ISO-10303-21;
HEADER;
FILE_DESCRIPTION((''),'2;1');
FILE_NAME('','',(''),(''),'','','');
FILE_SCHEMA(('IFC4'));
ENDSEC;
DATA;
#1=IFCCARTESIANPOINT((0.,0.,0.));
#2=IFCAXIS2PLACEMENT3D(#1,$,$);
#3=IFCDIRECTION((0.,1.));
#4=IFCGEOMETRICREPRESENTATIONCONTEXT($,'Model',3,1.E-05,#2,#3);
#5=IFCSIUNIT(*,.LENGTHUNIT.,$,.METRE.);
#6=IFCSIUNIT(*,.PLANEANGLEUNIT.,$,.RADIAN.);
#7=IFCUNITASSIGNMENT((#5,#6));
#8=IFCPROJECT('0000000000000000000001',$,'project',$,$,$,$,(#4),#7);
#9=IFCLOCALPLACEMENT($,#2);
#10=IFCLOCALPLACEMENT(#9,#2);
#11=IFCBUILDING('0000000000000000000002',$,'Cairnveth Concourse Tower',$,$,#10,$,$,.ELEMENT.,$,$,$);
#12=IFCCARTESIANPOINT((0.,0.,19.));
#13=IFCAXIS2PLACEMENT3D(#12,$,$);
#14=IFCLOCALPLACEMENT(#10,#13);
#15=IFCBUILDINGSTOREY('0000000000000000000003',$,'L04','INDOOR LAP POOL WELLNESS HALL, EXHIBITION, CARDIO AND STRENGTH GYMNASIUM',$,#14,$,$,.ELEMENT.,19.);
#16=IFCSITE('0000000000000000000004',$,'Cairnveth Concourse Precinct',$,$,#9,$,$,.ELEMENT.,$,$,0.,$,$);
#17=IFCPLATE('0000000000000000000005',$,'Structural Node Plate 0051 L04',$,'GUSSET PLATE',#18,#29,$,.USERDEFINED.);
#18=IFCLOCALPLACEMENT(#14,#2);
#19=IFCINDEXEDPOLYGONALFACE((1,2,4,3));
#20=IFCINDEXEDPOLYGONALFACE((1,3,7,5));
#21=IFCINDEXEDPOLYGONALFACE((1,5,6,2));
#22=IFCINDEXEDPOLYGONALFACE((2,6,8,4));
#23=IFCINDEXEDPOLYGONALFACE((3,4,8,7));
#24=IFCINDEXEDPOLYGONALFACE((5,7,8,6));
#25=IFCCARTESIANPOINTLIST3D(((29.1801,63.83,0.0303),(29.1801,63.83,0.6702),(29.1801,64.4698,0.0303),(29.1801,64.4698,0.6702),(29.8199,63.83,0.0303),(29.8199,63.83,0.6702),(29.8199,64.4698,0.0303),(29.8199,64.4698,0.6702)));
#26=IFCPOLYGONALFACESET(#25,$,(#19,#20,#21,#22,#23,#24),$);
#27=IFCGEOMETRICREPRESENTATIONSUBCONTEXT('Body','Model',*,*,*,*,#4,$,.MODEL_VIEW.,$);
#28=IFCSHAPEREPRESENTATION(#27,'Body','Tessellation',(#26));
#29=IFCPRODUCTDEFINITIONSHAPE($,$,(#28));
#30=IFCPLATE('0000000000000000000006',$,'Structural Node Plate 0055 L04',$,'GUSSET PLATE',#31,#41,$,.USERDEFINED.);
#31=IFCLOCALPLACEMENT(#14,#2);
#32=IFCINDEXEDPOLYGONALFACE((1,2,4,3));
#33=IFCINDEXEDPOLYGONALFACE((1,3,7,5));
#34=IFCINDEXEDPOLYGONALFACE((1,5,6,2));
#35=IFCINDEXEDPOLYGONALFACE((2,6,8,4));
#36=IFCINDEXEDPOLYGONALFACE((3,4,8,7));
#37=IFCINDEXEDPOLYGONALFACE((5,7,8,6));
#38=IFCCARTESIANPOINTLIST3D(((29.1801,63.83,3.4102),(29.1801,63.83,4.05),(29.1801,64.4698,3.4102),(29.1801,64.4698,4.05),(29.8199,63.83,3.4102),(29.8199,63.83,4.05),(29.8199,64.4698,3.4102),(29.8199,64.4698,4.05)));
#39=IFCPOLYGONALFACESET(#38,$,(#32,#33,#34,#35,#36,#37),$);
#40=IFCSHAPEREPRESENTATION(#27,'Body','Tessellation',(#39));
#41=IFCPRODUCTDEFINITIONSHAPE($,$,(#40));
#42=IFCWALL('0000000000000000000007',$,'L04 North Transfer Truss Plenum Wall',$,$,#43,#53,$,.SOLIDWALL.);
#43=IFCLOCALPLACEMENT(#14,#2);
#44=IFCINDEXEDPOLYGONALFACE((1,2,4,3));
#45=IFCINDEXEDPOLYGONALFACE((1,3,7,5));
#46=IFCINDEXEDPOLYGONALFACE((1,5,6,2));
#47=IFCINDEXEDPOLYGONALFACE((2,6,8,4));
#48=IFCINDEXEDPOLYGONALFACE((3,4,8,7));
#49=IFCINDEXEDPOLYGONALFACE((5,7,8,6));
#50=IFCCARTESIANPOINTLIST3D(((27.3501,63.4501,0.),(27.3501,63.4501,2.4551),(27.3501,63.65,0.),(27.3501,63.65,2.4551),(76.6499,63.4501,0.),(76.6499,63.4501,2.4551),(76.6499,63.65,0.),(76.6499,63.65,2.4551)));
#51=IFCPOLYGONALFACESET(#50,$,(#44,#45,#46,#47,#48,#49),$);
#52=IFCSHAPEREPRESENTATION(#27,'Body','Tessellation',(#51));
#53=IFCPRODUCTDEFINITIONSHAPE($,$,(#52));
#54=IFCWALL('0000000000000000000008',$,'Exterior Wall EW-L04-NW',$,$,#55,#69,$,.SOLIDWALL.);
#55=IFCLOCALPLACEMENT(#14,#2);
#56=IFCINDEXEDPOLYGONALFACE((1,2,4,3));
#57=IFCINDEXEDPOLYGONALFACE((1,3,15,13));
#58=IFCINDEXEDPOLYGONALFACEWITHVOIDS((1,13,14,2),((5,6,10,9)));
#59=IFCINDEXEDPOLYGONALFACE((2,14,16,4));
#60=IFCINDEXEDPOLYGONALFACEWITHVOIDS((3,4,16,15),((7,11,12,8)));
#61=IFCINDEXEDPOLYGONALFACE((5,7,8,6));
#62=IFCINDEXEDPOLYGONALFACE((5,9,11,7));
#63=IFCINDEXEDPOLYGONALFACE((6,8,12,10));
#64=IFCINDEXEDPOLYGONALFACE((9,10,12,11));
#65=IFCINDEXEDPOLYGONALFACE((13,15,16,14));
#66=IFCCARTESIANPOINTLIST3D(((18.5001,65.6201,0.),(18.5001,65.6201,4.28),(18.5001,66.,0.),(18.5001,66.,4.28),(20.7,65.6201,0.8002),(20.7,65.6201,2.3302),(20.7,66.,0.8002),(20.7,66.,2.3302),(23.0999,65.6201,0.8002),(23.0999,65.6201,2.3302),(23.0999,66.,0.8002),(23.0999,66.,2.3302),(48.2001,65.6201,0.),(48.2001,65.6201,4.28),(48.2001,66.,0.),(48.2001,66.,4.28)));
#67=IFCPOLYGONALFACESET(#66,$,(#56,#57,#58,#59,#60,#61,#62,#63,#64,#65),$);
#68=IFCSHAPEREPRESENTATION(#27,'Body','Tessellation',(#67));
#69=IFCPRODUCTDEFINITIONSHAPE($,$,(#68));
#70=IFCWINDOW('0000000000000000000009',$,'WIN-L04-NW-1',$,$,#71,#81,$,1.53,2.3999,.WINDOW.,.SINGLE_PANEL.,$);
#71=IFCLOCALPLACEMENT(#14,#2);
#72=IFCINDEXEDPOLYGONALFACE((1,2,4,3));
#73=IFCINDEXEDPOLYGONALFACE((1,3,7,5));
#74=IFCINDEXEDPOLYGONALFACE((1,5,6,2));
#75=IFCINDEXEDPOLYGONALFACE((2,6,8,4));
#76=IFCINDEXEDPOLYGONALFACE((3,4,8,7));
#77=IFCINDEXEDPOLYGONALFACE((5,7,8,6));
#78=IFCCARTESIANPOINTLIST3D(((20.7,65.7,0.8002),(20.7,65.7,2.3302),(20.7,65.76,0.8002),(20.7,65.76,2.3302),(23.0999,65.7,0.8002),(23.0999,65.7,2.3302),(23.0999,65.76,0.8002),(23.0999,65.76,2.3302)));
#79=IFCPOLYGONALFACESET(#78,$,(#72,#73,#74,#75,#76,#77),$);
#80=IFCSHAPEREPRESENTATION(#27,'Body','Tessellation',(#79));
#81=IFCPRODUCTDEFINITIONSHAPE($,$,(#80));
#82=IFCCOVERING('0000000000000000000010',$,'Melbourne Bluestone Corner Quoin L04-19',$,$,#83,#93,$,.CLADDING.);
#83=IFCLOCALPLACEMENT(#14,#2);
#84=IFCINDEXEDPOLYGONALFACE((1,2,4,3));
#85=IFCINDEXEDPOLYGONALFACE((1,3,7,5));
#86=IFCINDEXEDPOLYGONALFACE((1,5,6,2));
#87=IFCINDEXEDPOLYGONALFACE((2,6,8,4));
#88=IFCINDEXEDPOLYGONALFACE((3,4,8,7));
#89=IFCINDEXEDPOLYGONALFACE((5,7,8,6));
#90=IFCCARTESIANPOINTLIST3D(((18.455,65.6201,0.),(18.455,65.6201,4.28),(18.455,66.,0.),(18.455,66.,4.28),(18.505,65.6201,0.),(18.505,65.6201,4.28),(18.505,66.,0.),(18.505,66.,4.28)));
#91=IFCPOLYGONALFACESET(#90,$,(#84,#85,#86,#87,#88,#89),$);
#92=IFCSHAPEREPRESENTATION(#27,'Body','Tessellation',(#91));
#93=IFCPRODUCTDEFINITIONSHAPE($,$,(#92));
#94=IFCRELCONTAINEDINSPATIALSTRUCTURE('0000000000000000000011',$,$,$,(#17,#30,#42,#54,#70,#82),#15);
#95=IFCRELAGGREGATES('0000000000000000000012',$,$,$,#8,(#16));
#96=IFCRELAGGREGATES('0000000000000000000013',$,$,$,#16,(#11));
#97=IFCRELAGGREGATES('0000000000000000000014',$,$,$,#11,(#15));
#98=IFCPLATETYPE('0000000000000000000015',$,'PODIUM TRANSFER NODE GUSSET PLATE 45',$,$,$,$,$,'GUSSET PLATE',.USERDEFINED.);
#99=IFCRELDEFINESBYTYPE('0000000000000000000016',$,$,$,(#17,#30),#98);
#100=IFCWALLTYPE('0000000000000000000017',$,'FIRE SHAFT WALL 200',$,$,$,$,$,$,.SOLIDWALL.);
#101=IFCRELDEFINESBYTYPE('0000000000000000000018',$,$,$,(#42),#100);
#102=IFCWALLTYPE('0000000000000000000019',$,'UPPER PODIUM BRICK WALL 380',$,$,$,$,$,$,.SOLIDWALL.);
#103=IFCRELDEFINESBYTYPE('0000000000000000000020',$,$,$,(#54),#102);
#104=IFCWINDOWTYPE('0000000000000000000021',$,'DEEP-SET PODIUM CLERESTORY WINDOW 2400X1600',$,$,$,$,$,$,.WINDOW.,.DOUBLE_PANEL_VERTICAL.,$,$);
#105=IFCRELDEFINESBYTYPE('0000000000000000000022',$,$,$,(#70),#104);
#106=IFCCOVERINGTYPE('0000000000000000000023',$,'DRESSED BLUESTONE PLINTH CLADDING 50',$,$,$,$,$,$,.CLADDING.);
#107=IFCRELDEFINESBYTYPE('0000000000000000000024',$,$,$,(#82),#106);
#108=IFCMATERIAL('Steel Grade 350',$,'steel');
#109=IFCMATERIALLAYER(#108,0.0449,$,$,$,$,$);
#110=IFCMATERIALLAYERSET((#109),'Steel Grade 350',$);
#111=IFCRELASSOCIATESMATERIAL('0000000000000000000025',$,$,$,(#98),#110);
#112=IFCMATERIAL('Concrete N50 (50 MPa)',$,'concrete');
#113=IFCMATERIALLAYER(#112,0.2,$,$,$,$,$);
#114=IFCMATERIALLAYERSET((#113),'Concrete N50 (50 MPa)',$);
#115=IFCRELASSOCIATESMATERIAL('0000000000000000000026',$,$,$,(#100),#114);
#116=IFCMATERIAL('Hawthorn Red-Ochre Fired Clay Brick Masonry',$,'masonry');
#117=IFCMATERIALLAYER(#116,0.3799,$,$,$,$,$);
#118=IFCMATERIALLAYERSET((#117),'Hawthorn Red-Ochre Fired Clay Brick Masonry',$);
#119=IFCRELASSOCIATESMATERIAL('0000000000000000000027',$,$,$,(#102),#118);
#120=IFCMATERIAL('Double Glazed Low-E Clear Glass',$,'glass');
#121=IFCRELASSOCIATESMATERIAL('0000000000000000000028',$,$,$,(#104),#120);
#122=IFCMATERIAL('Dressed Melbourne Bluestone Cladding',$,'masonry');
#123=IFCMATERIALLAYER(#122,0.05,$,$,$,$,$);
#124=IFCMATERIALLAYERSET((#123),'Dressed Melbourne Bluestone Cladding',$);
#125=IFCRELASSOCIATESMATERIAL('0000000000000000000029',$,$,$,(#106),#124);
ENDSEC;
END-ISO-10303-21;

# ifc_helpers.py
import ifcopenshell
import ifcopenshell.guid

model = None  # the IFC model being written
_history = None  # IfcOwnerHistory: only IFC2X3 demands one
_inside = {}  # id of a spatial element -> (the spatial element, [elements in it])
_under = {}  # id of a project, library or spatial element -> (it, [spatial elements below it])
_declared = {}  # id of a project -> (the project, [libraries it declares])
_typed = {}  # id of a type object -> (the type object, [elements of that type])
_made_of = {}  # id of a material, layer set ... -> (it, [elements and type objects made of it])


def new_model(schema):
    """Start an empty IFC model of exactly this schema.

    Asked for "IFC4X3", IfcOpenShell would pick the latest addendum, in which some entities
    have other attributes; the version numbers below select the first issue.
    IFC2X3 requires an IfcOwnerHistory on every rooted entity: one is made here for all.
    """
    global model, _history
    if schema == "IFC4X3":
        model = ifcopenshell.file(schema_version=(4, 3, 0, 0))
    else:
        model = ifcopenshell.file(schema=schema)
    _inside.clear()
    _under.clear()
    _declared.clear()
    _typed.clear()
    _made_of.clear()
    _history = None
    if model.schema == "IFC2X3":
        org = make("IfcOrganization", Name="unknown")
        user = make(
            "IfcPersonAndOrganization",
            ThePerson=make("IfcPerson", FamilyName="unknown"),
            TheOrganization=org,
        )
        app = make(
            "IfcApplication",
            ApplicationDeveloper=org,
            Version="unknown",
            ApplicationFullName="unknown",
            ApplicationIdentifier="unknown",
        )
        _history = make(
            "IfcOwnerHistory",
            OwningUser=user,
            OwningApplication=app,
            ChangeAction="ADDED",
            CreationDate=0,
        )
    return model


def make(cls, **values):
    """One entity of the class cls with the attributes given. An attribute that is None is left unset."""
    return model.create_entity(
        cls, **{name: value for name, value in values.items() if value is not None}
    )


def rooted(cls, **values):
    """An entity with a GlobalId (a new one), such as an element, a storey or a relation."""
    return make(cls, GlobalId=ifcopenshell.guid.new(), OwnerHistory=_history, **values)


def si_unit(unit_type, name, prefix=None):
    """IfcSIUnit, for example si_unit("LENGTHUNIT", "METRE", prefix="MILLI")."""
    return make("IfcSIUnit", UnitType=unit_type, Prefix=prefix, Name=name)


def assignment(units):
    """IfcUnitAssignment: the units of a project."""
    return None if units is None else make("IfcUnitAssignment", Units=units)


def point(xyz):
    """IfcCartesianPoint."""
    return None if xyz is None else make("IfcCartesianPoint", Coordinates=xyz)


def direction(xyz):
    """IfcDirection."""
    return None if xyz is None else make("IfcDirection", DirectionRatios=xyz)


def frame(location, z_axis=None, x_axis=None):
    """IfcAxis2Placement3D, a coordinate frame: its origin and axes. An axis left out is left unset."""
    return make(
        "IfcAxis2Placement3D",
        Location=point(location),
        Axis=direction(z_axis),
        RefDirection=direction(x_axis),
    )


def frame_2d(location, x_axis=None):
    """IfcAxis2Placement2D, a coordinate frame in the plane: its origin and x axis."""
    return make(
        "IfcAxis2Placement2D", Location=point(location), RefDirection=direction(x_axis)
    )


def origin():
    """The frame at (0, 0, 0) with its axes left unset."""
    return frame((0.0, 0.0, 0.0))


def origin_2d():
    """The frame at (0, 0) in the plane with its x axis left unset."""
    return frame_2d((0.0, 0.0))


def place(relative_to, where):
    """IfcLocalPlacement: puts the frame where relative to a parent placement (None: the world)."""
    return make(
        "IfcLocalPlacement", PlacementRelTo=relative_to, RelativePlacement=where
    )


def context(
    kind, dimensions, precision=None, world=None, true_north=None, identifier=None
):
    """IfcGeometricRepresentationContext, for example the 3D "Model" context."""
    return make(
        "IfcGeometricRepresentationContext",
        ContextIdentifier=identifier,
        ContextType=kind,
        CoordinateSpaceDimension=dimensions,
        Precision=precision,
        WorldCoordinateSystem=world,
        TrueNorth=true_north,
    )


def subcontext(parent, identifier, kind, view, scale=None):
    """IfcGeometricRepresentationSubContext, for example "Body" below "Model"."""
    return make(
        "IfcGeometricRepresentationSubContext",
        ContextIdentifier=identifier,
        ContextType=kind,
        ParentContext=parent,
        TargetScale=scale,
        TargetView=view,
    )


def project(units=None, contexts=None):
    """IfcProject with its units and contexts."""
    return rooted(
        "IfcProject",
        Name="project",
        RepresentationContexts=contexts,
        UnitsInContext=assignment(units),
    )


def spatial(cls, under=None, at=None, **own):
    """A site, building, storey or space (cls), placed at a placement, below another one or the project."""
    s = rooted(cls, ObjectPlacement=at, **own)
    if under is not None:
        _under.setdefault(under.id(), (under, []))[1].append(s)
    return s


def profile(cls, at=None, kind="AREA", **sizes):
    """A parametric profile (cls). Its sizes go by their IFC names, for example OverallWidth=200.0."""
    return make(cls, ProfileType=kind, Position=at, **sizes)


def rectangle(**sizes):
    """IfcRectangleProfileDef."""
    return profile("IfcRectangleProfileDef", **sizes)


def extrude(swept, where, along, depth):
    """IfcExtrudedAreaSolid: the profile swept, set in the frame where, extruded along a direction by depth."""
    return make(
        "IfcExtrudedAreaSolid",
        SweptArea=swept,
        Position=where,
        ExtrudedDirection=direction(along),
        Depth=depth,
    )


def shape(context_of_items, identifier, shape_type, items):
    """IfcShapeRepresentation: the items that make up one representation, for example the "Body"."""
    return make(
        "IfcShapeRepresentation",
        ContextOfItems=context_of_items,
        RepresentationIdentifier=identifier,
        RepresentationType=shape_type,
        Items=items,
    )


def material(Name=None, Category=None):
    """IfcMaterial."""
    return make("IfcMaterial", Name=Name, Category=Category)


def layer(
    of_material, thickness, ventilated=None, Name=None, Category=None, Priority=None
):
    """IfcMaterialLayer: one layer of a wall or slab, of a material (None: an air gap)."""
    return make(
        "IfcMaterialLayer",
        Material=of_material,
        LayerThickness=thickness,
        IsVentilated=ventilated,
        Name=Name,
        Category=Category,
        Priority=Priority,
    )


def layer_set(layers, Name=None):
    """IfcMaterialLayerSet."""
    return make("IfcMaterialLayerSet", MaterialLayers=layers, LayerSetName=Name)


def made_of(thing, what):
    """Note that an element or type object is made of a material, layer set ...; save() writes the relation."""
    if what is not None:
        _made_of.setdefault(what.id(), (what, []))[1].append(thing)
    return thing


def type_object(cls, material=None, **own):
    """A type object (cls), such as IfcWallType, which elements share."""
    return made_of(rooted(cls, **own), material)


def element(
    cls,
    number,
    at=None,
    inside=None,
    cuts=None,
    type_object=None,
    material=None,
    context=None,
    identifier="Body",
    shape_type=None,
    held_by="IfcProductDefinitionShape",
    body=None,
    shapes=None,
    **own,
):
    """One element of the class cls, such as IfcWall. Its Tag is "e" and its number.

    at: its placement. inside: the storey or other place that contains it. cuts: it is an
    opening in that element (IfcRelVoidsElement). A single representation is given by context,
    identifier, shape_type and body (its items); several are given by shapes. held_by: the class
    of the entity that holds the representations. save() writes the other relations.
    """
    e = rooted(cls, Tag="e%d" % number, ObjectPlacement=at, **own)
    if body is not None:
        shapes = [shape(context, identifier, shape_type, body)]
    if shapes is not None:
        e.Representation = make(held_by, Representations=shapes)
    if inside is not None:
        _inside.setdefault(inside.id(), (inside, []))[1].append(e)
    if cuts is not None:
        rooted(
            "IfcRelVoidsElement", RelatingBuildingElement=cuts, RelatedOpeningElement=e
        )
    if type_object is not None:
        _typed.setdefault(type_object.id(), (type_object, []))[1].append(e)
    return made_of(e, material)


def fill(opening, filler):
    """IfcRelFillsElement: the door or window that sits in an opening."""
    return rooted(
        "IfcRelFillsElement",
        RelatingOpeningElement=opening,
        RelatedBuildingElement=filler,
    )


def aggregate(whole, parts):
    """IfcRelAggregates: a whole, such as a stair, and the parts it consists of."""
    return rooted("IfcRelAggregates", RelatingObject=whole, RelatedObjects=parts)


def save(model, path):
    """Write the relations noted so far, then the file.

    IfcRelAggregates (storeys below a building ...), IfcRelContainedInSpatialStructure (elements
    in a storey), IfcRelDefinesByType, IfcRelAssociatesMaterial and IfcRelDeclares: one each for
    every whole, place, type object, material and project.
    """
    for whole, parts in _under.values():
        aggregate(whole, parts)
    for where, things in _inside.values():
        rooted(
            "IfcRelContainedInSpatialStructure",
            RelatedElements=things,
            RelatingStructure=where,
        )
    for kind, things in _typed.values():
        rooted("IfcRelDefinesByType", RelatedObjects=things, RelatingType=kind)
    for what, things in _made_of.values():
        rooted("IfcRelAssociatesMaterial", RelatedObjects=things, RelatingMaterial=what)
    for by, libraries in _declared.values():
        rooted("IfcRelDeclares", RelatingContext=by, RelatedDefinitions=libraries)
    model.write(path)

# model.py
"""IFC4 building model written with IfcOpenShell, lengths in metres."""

from ifc_helpers import new_model, si_unit, direction, frame, frame_2d, origin, origin_2d, place, context, subcontext, project, spatial, rectangle, extrude, material, layer, layer_set, type_object, element, fill, save


model = new_model("IFC4")

# Units and contexts
model_context = context("Model", 3, precision=1e-05, world=origin(), true_north=direction((0.0, 1.0)))
body_context = subcontext(model_context, "Body", "Model", "MODEL_VIEW")
ifc_project = project(units=[si_unit("LENGTHUNIT", "METRE"), si_unit("PLANEANGLEUNIT", "RADIAN")], contexts=[model_context])

# Site, building, storey
site_placement = place(None, origin())
site = spatial("IfcSite", under=ifc_project, at=site_placement, Name="Cairnveth Concourse Precinct", CompositionType="ELEMENT", RefElevation=0.0)
building_placement = place(site_placement, origin())
building = spatial("IfcBuilding", under=site, at=building_placement, Name="Cairnveth Concourse Tower", CompositionType="ELEMENT")
storey_placement = place(building_placement, frame((0.0, 0.0, 19.0)))
storey = spatial("IfcBuildingStorey", under=building, at=storey_placement, Name="L04", Description="INDOOR LAP POOL WELLNESS HALL, EXHIBITION, CARDIO AND STRENGTH GYMNASIUM", CompositionType="ELEMENT", Elevation=19.0)

# Shared definitions
ifc_material_1 = material(Name="Steel Grade 350", Category="steel")

# Plates
ifc_layer_1 = layer(ifc_material_1, 0.0449)
ifc_layer_set_1 = layer_set([ifc_layer_1], Name="Steel Grade 350")
plate_type = type_object("IfcPlateType", Name="PODIUM TRANSFER NODE GUSSET PLATE 45", ElementType="GUSSET PLATE", PredefinedType="USERDEFINED", material=ifc_layer_set_1)
for number, where, z_axis, x_axis, name in (
    (1, (29.5, 64.1499, 0.0303), (0.0, 0.0, 1.0), (1.0, 0.0, 0.0), "Structural Node Plate 0051 L04"),
    (2, (29.5, 64.1499, 3.4102), (0.0, 0.0, 1.0), (1.0, 0.0, 0.0), "Structural Node Plate 0055 L04"),
):
    element("IfcPlate", number, at=place(storey_placement, frame(where, z_axis=z_axis, x_axis=x_axis)), inside=storey, type_object=plate_type, Name=name, ObjectType="GUSSET PLATE", PredefinedType="USERDEFINED", context=body_context, shape_type="SweptSolid", body=[
        extrude(rectangle(XDim=0.6399, YDim=0.6399, at=origin_2d()), origin(), (0.0, 0.0, 1.0), 0.6399),
    ])

# Wall
ifc_material_2 = material(Name="Concrete N50 (50 MPa)", Category="concrete")
ifc_layer_2 = layer(ifc_material_2, 0.2)
ifc_layer_set_2 = layer_set([ifc_layer_2], Name="Concrete N50 (50 MPa)")
wall_type_1 = type_object("IfcWallType", Name="FIRE SHAFT WALL 200", PredefinedType="SOLIDWALL", material=ifc_layer_set_2)
wall_1_placement = place(storey_placement, frame((27.3501, 63.55, 0.0), z_axis=(0.0, 0.0, 1.0), x_axis=(1.0, 0.0, 0.0)))
element("IfcWall", 3, at=wall_1_placement, inside=storey, type_object=wall_type_1, Name="L04 North Transfer Truss Plenum Wall", PredefinedType="SOLIDWALL", context=body_context, shape_type="SweptSolid", body=[
    extrude(rectangle(XDim=49.2998, YDim=0.2, at=frame_2d((24.6499, 0.0))), origin(), (0.0, 0.0, 1.0), 2.4551),
])

# Wall, opening, window
ifc_material_3 = material(Name="Hawthorn Red-Ochre Fired Clay Brick Masonry", Category="masonry")
ifc_layer_3 = layer(ifc_material_3, 0.3799)
ifc_layer_set_3 = layer_set([ifc_layer_3], Name="Hawthorn Red-Ochre Fired Clay Brick Masonry")
wall_type_2 = type_object("IfcWallType", Name="UPPER PODIUM BRICK WALL 380", PredefinedType="SOLIDWALL", material=ifc_layer_set_3)
wall_2_placement = place(storey_placement, frame((18.5, 65.8101, 0.0), z_axis=(0.0, 0.0, 1.0), x_axis=(1.0, 0.0, 0.0)))
wall_2 = element("IfcWall", 4, at=wall_2_placement, inside=storey, type_object=wall_type_2, Name="Exterior Wall EW-L04-NW", PredefinedType="SOLIDWALL", context=body_context, shape_type="SweptSolid", body=[
    extrude(rectangle(XDim=29.7, YDim=0.3799, at=frame_2d((14.8501, 0.0))), origin(), (0.0, 0.0, 1.0), 4.28),
])
opening_placement = place(wall_2_placement, frame((2.2, 0.0, 0.8)))
opening = element("IfcOpeningElement", 5, at=opening_placement, cuts=wall_2, PredefinedType="OPENING", context=body_context, shape_type="SweptSolid", body=[
    extrude(rectangle(XDim=2.3999, YDim=1.53, at=frame_2d((1.2, 0.7651))), frame((0.0, 0.2, 0.0), z_axis=(0.0, -1.0, 0.0), x_axis=(1.0, 0.0, 0.0)), (0.0, 0.0, 1.0), 0.3999),
])
ifc_material_4 = material(Name="Double Glazed Low-E Clear Glass", Category="glass")
window_type = type_object("IfcWindowType", Name="DEEP-SET PODIUM CLERESTORY WINDOW 2400X1600", PartitioningType="DOUBLE_PANEL_VERTICAL", PredefinedType="WINDOW", material=ifc_material_4)
window_placement = place(opening_placement, origin())
window = element("IfcWindow", 6, at=window_placement, inside=storey, type_object=window_type, Name="WIN-L04-NW-1", OverallHeight=1.53, OverallWidth=2.3999, PartitioningType="SINGLE_PANEL", PredefinedType="WINDOW", context=body_context, shape_type="SweptSolid", body=[
    extrude(rectangle(XDim=2.3999, YDim=1.53, at=frame_2d((1.2, 0.7651))), frame((0.0, -0.05, 0.0), z_axis=(0.0, -1.0, 0.0), x_axis=(1.0, 0.0, 0.0)), (0.0, 0.0, 1.0), 0.0601),
])
fill(opening, window)

# Covering
ifc_material_5 = material(Name="Dressed Melbourne Bluestone Cladding", Category="masonry")
ifc_layer_4 = layer(ifc_material_5, 0.05)
ifc_layer_set_4 = layer_set([ifc_layer_4], Name="Dressed Melbourne Bluestone Cladding")
covering_type = type_object("IfcCoveringType", Name="DRESSED BLUESTONE PLINTH CLADDING 50", PredefinedType="CLADDING", material=ifc_layer_set_4)
covering_placement = place(storey_placement, frame((18.48, 65.6201, 0.0), z_axis=(0.0, 0.0, 1.0), x_axis=(0.0, 1.0, 0.0)))
element("IfcCovering", 7, at=covering_placement, inside=storey, type_object=covering_type, Name="Melbourne Bluestone Corner Quoin L04-19", PredefinedType="CLADDING", context=body_context, shape_type="SweptSolid", body=[
    extrude(rectangle(XDim=0.3799, YDim=0.05, at=frame_2d((0.1899, 0.0))), origin(), (0.0, 0.0, 1.0), 4.28),
])

save(model, "model.ifc")
